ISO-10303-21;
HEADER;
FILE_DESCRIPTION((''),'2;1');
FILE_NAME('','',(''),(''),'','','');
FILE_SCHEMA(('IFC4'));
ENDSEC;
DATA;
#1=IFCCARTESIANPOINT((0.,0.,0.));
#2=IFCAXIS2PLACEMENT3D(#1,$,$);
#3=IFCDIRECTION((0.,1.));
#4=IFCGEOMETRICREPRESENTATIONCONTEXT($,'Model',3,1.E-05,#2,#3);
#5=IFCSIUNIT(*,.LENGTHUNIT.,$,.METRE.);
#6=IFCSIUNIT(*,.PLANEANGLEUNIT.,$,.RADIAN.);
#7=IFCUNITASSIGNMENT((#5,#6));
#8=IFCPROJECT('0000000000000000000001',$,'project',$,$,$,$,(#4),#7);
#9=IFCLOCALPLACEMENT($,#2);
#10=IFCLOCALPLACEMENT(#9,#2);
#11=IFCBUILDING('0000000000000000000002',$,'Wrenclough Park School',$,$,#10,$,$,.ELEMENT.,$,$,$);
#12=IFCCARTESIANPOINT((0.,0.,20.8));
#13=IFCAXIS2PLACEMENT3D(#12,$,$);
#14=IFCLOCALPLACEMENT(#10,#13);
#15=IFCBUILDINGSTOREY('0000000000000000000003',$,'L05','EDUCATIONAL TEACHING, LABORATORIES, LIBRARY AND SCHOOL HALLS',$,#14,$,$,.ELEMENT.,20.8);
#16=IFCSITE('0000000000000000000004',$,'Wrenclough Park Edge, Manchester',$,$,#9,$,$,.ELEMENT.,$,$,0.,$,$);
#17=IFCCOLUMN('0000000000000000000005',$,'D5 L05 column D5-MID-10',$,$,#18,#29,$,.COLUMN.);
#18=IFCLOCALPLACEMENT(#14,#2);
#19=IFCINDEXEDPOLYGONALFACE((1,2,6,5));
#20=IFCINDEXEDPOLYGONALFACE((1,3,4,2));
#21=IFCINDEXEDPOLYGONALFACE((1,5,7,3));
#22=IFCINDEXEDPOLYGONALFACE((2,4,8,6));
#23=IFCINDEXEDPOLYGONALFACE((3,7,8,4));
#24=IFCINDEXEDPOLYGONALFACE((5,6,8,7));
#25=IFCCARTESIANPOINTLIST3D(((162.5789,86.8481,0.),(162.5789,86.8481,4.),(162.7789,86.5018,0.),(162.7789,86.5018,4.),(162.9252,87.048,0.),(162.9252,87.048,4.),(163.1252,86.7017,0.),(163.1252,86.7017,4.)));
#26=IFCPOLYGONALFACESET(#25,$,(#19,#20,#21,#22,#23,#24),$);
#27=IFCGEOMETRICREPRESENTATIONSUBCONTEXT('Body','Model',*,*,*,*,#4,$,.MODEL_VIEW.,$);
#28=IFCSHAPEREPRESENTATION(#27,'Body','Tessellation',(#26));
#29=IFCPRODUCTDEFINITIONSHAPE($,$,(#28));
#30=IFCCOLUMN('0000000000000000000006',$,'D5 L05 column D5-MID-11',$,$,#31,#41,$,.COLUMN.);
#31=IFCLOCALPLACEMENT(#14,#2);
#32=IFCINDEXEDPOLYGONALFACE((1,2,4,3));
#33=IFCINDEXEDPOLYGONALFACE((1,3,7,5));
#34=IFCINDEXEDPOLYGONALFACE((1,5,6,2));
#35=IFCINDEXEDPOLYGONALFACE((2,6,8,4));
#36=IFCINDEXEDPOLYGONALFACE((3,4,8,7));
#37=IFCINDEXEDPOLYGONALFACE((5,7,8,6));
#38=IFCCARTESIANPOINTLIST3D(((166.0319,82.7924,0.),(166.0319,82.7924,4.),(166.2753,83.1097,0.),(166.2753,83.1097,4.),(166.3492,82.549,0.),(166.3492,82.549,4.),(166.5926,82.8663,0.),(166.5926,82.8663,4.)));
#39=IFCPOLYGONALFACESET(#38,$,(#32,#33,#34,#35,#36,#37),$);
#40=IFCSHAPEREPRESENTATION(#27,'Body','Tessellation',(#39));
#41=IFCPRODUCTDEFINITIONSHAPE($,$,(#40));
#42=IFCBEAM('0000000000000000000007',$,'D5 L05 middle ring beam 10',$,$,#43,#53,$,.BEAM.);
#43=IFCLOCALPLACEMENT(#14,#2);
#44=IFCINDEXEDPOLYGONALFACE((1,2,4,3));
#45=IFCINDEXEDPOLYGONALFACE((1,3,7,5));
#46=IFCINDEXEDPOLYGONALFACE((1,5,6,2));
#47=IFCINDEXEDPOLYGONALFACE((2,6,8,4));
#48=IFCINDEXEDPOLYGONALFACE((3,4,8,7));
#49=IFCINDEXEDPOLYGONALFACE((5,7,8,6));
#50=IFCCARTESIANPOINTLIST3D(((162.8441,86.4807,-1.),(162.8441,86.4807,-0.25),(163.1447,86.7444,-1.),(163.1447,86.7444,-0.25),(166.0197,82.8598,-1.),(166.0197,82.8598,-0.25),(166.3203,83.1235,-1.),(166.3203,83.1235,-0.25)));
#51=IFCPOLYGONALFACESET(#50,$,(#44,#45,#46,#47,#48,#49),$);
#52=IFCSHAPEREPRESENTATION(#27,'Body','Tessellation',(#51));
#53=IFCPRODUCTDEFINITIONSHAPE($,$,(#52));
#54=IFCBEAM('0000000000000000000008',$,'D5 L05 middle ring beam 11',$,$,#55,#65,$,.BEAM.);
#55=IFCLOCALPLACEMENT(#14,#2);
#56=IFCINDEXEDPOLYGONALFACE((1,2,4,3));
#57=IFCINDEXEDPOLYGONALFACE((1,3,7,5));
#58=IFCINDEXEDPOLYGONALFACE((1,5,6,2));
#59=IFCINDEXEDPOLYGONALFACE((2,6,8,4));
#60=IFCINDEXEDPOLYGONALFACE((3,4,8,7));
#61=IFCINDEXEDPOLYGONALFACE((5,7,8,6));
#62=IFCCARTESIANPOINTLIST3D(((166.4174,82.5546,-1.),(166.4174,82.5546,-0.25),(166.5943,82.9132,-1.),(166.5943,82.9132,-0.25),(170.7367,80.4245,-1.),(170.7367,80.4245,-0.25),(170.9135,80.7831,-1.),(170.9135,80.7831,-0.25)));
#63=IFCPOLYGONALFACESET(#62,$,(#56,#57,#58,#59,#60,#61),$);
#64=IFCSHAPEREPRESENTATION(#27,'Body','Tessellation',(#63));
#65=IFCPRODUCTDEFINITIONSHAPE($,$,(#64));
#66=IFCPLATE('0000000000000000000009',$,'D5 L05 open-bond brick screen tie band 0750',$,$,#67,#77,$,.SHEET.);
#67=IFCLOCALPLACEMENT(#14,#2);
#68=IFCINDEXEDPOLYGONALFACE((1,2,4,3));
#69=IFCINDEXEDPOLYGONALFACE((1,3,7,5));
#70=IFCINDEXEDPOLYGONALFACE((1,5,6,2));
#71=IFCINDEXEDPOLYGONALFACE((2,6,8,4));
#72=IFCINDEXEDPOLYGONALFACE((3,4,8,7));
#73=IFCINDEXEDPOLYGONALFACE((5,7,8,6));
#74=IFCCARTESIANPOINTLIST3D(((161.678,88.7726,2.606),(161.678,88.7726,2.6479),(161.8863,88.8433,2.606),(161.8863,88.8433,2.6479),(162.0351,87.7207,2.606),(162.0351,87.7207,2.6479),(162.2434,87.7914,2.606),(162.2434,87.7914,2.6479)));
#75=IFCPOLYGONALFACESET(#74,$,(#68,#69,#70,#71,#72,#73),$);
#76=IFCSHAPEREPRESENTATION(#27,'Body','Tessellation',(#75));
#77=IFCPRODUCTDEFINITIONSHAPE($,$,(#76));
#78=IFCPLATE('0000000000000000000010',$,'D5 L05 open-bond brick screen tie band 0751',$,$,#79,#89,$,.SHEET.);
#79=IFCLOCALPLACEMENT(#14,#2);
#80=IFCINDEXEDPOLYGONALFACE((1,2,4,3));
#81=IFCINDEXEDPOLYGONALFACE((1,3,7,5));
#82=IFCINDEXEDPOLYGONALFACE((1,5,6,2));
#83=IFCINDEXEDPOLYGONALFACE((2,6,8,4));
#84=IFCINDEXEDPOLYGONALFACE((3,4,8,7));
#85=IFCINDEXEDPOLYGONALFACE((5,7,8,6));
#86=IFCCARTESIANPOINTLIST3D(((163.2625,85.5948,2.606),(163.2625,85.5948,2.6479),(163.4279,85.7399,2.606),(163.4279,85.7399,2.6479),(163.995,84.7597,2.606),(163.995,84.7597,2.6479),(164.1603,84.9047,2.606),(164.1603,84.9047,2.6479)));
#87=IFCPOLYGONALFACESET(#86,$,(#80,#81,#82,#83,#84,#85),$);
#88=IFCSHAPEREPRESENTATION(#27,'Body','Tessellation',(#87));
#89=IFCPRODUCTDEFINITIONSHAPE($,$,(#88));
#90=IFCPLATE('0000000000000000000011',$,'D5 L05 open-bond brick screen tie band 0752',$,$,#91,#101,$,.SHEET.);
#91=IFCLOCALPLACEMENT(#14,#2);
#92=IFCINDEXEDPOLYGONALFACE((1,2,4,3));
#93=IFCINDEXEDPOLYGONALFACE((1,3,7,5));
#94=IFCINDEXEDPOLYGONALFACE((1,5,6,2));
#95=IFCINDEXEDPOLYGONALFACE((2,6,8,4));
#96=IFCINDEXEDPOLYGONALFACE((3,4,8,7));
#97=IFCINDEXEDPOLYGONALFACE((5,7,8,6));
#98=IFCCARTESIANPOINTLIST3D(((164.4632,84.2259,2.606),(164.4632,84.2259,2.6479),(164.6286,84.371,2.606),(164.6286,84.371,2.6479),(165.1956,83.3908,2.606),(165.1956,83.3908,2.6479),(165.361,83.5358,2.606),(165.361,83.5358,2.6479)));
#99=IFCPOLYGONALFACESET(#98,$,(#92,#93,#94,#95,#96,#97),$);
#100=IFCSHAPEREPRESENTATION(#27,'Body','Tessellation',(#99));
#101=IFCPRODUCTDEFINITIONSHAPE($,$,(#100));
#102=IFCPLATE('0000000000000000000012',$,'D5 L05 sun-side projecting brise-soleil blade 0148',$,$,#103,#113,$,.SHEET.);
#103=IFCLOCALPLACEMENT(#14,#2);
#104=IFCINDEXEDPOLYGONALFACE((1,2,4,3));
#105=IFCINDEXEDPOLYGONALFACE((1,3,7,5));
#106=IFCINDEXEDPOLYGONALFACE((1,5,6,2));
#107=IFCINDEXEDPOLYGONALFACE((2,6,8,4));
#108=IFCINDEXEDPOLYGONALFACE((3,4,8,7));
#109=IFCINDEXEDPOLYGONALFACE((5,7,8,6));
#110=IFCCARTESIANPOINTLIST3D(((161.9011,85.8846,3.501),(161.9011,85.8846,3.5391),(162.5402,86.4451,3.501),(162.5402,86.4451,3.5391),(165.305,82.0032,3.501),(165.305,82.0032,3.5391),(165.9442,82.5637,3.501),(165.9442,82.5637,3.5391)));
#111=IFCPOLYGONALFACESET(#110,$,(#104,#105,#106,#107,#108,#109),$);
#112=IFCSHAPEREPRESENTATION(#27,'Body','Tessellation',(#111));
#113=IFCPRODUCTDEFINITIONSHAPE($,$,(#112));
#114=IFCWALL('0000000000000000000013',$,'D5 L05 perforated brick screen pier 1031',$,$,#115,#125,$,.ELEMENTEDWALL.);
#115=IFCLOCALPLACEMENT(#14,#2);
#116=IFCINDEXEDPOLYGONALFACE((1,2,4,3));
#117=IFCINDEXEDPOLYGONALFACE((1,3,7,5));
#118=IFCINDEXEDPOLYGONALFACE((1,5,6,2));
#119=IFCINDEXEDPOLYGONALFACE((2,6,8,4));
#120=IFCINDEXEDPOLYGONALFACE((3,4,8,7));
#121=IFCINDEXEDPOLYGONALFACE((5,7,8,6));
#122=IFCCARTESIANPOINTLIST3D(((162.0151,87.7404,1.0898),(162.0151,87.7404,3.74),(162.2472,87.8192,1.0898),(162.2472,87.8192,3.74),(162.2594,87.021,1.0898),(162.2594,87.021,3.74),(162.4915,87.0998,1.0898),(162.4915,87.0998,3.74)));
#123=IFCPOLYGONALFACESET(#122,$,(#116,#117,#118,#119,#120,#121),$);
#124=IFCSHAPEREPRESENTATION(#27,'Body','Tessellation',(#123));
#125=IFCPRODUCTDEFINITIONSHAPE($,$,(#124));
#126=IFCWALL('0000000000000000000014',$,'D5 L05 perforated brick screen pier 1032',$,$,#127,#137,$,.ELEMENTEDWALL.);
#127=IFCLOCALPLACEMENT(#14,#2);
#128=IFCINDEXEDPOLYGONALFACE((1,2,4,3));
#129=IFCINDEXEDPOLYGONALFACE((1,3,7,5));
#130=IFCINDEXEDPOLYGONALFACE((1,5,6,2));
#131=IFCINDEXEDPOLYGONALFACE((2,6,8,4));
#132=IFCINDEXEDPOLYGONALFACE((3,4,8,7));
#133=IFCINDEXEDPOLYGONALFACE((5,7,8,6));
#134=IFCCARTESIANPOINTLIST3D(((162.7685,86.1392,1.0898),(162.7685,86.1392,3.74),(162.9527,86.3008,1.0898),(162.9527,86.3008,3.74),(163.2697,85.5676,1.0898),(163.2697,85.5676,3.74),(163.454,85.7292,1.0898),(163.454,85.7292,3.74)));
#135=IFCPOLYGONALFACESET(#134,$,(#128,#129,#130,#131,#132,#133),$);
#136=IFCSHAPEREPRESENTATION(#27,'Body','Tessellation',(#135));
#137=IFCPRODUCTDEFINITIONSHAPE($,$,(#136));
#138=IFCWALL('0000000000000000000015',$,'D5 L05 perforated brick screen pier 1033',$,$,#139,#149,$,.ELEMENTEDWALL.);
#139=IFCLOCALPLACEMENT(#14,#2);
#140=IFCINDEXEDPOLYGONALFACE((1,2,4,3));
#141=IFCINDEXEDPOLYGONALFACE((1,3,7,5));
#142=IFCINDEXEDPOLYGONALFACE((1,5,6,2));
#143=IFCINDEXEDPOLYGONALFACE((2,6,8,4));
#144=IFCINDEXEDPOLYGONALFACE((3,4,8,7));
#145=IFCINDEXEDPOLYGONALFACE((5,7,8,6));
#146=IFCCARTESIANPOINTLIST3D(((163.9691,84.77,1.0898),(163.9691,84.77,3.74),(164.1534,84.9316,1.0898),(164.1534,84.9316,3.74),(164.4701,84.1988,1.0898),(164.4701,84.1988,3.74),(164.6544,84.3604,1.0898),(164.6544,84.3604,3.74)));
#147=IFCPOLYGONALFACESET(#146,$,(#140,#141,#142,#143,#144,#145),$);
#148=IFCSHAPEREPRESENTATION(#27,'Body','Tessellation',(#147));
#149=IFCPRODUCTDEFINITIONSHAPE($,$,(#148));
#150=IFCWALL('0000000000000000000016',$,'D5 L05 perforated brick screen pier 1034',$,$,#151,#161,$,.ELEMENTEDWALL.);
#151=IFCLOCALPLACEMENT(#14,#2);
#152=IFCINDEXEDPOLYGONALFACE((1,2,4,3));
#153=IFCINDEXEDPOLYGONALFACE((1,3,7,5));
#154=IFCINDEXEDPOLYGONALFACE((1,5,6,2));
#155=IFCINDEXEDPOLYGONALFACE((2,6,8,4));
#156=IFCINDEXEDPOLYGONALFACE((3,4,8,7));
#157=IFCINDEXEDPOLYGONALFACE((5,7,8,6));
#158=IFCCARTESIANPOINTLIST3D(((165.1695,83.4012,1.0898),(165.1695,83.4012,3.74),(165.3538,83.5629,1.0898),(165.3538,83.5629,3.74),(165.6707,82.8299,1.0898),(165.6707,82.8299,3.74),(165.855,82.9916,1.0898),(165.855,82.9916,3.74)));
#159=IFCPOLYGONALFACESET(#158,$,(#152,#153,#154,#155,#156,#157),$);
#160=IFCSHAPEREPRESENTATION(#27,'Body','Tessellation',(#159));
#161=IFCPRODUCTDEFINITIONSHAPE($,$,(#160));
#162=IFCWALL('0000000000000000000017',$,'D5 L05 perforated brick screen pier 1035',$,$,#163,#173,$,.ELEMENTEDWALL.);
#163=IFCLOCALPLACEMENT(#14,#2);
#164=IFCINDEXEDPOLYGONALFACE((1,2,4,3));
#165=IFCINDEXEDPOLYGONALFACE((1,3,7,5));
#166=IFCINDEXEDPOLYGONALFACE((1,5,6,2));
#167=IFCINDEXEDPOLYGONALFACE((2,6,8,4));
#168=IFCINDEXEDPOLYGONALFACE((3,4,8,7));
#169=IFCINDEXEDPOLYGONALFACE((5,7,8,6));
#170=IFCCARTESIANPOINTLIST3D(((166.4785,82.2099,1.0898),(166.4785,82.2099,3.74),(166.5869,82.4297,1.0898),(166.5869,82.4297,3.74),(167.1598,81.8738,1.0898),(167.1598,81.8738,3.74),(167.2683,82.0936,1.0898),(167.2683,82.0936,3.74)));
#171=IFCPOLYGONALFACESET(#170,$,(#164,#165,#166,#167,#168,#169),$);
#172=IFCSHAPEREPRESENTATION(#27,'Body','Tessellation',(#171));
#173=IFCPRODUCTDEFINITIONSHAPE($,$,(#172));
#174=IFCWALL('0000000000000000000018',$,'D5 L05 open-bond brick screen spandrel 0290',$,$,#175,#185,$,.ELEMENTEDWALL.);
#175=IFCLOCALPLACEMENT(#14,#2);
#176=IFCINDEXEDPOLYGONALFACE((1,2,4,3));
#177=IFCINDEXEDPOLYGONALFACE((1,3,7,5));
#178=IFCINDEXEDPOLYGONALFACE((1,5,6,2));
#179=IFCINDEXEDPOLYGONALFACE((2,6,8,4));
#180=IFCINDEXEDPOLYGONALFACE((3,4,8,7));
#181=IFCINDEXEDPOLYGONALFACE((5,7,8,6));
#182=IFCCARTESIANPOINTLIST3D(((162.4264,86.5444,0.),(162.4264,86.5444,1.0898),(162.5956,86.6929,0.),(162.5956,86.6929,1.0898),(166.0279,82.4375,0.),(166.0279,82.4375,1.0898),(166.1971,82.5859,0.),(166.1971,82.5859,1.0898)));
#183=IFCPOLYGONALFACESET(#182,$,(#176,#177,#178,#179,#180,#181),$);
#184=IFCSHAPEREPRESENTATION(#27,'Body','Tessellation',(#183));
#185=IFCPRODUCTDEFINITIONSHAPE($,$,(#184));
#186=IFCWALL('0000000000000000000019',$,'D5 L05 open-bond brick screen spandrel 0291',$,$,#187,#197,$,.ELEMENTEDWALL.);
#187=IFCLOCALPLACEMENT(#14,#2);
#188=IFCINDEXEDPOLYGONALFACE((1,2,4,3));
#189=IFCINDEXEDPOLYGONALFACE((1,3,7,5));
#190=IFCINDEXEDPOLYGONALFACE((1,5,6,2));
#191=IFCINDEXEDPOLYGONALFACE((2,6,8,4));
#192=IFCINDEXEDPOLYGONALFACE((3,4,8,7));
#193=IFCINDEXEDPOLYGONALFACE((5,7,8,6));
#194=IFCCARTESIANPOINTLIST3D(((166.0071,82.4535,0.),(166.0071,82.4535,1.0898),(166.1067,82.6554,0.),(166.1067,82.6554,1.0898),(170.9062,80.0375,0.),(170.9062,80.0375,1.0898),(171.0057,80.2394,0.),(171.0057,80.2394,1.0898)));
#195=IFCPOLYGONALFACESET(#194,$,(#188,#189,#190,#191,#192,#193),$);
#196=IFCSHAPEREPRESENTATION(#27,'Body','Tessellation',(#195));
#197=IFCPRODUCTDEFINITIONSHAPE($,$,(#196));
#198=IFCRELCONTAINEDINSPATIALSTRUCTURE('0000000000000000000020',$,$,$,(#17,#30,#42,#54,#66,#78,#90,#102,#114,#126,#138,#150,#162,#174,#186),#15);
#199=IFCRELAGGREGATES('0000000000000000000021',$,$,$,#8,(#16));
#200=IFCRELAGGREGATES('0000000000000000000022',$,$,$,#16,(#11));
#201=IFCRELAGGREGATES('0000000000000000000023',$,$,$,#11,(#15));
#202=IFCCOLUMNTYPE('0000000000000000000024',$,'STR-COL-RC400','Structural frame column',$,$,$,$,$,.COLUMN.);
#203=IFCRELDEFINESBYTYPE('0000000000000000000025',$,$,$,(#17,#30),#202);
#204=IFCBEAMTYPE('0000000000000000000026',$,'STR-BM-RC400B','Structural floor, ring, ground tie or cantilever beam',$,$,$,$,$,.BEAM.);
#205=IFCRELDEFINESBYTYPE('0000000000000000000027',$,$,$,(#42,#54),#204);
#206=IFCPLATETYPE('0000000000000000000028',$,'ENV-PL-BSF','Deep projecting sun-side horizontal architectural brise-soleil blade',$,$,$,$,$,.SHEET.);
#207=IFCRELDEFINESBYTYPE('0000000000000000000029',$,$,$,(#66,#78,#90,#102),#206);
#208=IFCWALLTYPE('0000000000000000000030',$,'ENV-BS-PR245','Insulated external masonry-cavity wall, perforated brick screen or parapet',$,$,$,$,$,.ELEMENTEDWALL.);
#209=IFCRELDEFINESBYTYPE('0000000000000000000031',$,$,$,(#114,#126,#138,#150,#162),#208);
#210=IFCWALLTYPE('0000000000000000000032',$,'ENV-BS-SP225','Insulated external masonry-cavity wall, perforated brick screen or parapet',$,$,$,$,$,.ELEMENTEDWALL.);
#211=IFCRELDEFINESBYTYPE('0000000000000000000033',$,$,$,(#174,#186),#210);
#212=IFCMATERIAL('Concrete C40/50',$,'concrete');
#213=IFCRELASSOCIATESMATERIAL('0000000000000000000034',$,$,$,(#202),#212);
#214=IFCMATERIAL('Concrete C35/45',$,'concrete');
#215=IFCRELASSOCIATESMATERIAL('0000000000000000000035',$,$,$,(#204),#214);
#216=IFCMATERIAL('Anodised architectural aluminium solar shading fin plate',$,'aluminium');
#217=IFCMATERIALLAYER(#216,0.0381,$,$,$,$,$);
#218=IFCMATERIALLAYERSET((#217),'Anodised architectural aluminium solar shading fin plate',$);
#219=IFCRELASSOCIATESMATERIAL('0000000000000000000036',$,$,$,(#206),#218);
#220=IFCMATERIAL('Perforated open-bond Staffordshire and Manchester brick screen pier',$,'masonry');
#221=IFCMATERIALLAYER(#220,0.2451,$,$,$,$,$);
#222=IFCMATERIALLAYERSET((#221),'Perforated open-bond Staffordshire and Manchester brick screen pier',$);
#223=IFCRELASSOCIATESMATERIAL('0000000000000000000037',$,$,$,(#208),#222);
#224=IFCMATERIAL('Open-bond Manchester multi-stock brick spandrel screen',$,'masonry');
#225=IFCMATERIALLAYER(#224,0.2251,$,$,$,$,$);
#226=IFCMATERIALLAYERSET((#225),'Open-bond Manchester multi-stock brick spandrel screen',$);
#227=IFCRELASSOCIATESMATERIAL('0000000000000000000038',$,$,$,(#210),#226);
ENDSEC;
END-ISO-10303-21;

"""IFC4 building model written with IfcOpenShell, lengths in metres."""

from ifc_helpers import new_model, si_unit, direction, frame, frame_2d, origin, origin_2d, place, context, subcontext, project, spatial, rectangle, extrude, material, layer, layer_set, material_profile, profile_set, type_object, element, save


model = new_model("IFC4")

# Units and contexts
model_context = context("Model", 3, precision=1e-05, world=origin(), true_north=direction((0.0, 1.0)))
body_context = subcontext(model_context, "Body", "Model", "MODEL_VIEW")
ifc_project = project(units=[si_unit("LENGTHUNIT", "METRE"), si_unit("PLANEANGLEUNIT", "RADIAN")], contexts=[model_context])

# Site, building, storey
site_placement = place(None, origin())
site = spatial("IfcSite", under=ifc_project, at=site_placement, Name="Wrenclough Park Edge, Manchester", CompositionType="ELEMENT", RefElevation=0.0)
building_placement = place(site_placement, origin())
building = spatial("IfcBuilding", under=site, at=building_placement, Name="Wrenclough Park School", CompositionType="ELEMENT")
storey_placement = place(building_placement, frame((0.0, 0.0, 20.8)))
storey = spatial("IfcBuildingStorey", under=building, at=storey_placement, Name="L05", Description="EDUCATIONAL TEACHING, LABORATORIES, LIBRARY AND SCHOOL HALLS", CompositionType="ELEMENT", Elevation=20.8)

# Columns
ifc_material_1 = material(Name="Concrete C40/50", Category="concrete")
ifc_material_profile_1 = material_profile(ifc_material_1, rectangle(XDim=0.3999, YDim=0.3999, at=origin_2d()), Name="RC COL 400x400")
ifc_profile_set_1 = profile_set([ifc_material_profile_1], Name="Concrete C40/50")
column_type = type_object("IfcColumnType", Name="STR-COL-RC400", Description="Structural frame column", PredefinedType="COLUMN", material=ifc_profile_set_1)
for number, where, z_axis, x_axis, name in (
    (1, (162.8521, 86.7749, 0.0), (0.0, 0.0, 1.0), (0.5, -0.866025, 0.0), "D5 L05 column D5-MID-10"),
    (2, (166.3123, 82.8293, 0.0), (0.0, 0.0, 1.0), (0.793353, -0.608761, 0.0), "D5 L05 column D5-MID-11"),
):
    element("IfcColumn", number, at=place(storey_placement, frame(where, z_axis=z_axis, x_axis=x_axis)), inside=storey, type_object=column_type, Name=name, PredefinedType="COLUMN", context=body_context, shape_type="SweptSolid", body=[
        extrude(rectangle(XDim=0.3999, YDim=0.3999, at=origin_2d()), origin(), (0.0, 0.0, 1.0), 4.0),
    ])

# Beams
ifc_material_2 = material(Name="Concrete C35/45", Category="concrete")
ifc_material_profile_2 = material_profile(ifc_material_2, rectangle(XDim=0.3999, YDim=0.75, at=origin_2d()), Name="RC BEAM 400x750")
ifc_profile_set_2 = profile_set([ifc_material_profile_2], Name="Concrete C35/45")
beam_type = type_object("IfcBeamType", Name="STR-BM-RC400B", Description="Structural floor, ring, ground tie or cantilever beam", PredefinedType="BEAM", material=ifc_profile_set_2)
beam_1_placement = place(storey_placement, frame((162.9944, 86.6125, -0.625), z_axis=(0.659362, -0.751826, 0.0), x_axis=(0.751826, 0.659362, 0.0)))
element("IfcBeam", 3, at=beam_1_placement, inside=storey, type_object=beam_type, Name="D5 L05 middle ring beam 10", PredefinedType="BEAM", context=body_context, shape_type="SweptSolid", body=[
    extrude(rectangle(XDim=0.3999, YDim=0.75, at=origin_2d()), origin(), (0.0, 0.0, 1.0), 4.8162),
])
beam_2_placement = place(storey_placement, frame((166.5059, 82.7339, -0.625), z_axis=(0.896867, -0.4423, 0.0), x_axis=(0.4423, 0.896867, 0.0)))
element("IfcBeam", 4, at=beam_2_placement, inside=storey, type_object=beam_type, Name="D5 L05 middle ring beam 11", PredefinedType="BEAM", context=body_context, shape_type="SweptSolid", body=[
    extrude(rectangle(XDim=0.3999, YDim=0.75, at=origin_2d()), origin(), (0.0, 0.0, 1.0), 4.8159),
])

# Plates
ifc_material_3 = material(Name="Anodised architectural aluminium solar shading fin plate", Category="aluminium")
ifc_layer_1 = layer(ifc_material_3, 0.0381)
ifc_layer_set_1 = layer_set([ifc_layer_1], Name="Anodised architectural aluminium solar shading fin plate")
plate_type = type_object("IfcPlateType", Name="ENV-PL-BSF", Description="Deep projecting sun-side horizontal architectural brise-soleil blade", PredefinedType="SHEET", material=ifc_layer_set_1)
for number, where, z_axis, x_axis, name in (
    (5, (161.9607, 88.282, 2.606), (0.0, 0.0, 1.0), (0.321429, -0.946934, 0.0), "D5 L05 open-bond brick screen tie band 0750"),
    (6, (163.7114, 85.2498, 2.606), (0.0, 0.0, 1.0), (0.659351, -0.751836, 0.0), "D5 L05 open-bond brick screen tie band 0751"),
    (7, (164.9121, 83.8809, 2.606), (0.0, 0.0, 1.0), (0.659351, -0.751836, 0.0), "D5 L05 open-bond brick screen tie band 0752"),
):
    element("IfcPlate", number, at=place(storey_placement, frame(where, z_axis=z_axis, x_axis=x_axis)), inside=storey, type_object=plate_type, Name=name, PredefinedType="SHEET", context=body_context, shape_type="SweptSolid", body=[
        extrude(rectangle(XDim=1.1108, YDim=0.22, at=origin_2d()), origin(), (0.0, 0.0, 1.0), 0.042),
    ])
plate_placement = place(storey_placement, frame((163.9226, 84.2241, 3.501), z_axis=(0.0, 0.0, 1.0), x_axis=(0.659351, -0.751836, 0.0)))
element("IfcPlate", 8, at=plate_placement, inside=storey, type_object=plate_type, Name="D5 L05 sun-side projecting brise-soleil blade 0148", PredefinedType="SHEET", context=body_context, shape_type="SweptSolid", body=[
    extrude(rectangle(XDim=5.1626, YDim=0.8501, at=origin_2d()), origin(), (0.0, 0.0, 1.0), 0.0381),
])

# Walls
ifc_material_4 = material(Name="Perforated open-bond Staffordshire and Manchester brick screen pier", Category="masonry")
ifc_layer_2 = layer(ifc_material_4, 0.2451)
ifc_layer_set_2 = layer_set([ifc_layer_2], Name="Perforated open-bond Staffordshire and Manchester brick screen pier")
wall_type_1 = type_object("IfcWallType", Name="ENV-BS-PR245", Description="Insulated external masonry-cavity wall, perforated brick screen or parapet", PredefinedType="ELEMENTEDWALL", material=ifc_layer_set_2)
wall_1_placement = place(storey_placement, frame((162.1311, 87.7798, 1.0898), z_axis=(0.0, 0.0, 1.0), x_axis=(0.32162, -0.946869, 0.0)))
element("IfcWall", 9, at=wall_1_placement, inside=storey, type_object=wall_type_1, Name="D5 L05 perforated brick screen pier 1031", PredefinedType="ELEMENTEDWALL", context=body_context, shape_type="SweptSolid", body=[
    extrude(rectangle(XDim=0.7598, YDim=0.2451, at=frame_2d((0.3799, 0.0))), origin(), (0.0, 0.0, 1.0), 2.6501),
])
wall_2_placement = place(storey_placement, frame((162.8606, 86.22, 1.0898), z_axis=(0.0, 0.0, 1.0), x_axis=(0.659345, -0.75184, 0.0)))
element("IfcWall", 10, at=wall_2_placement, inside=storey, type_object=wall_type_1, Name="D5 L05 perforated brick screen pier 1032", PredefinedType="ELEMENTEDWALL", context=body_context, shape_type="SweptSolid", body=[
    extrude(rectangle(XDim=0.7603, YDim=0.2451, at=frame_2d((0.3801, 0.0))), origin(), (0.0, 0.0, 1.0), 2.6501),
])
wall_3_placement = place(storey_placement, frame((164.0613, 84.8508, 1.0898), z_axis=(0.0, 0.0, 1.0), x_axis=(0.659323, -0.75186, 0.0)))
element("IfcWall", 11, at=wall_3_placement, inside=storey, type_object=wall_type_1, Name="D5 L05 perforated brick screen pier 1033", PredefinedType="ELEMENTEDWALL", context=body_context, shape_type="SweptSolid", body=[
    extrude(rectangle(XDim=0.7598, YDim=0.2451, at=frame_2d((0.3799, 0.0))), origin(), (0.0, 0.0, 1.0), 2.6501),
])
wall_4_placement = place(storey_placement, frame((165.2617, 83.4819, 1.0898), z_axis=(0.0, 0.0, 1.0), x_axis=(0.659505, -0.7517, 0.0)))
element("IfcWall", 12, at=wall_4_placement, inside=storey, type_object=wall_type_1, Name="D5 L05 perforated brick screen pier 1034", PredefinedType="ELEMENTEDWALL", context=body_context, shape_type="SweptSolid", body=[
    extrude(rectangle(XDim=0.76, YDim=0.2451, at=frame_2d((0.3799, 0.0))), origin(), (0.0, 0.0, 1.0), 2.6501),
])
wall_5_placement = place(storey_placement, frame((166.5327, 82.3198, 1.0898), z_axis=(0.0, 0.0, 1.0), x_axis=(0.896792, -0.442452, 0.0)))
element("IfcWall", 13, at=wall_5_placement, inside=storey, type_object=wall_type_1, Name="D5 L05 perforated brick screen pier 1035", PredefinedType="ELEMENTEDWALL", context=body_context, shape_type="SweptSolid", body=[
    extrude(rectangle(XDim=0.7598, YDim=0.2451, at=frame_2d((0.3799, 0.0))), origin(), (0.0, 0.0, 1.0), 2.6501),
])
ifc_material_5 = material(Name="Open-bond Manchester multi-stock brick spandrel screen", Category="masonry")
ifc_layer_3 = layer(ifc_material_5, 0.2251)
ifc_layer_set_3 = layer_set([ifc_layer_3], Name="Open-bond Manchester multi-stock brick spandrel screen")
wall_type_2 = type_object("IfcWallType", Name="ENV-BS-SP225", Description="Insulated external masonry-cavity wall, perforated brick screen or parapet", PredefinedType="ELEMENTEDWALL", material=ifc_layer_set_3)
for number, where, z_axis, x_axis, name in (
    (14, (162.511, 86.6187, 0.0), (0.0, 0.0, 1.0), (0.659333, -0.751851, 0.0), "D5 L05 open-bond brick screen spandrel 0290"),
    (15, (166.0569, 82.5544, 0.0), (0.0, 0.0, 1.0), (0.896872, -0.442291, 0.0), "D5 L05 open-bond brick screen spandrel 0291"),
):
    element("IfcWall", number, at=place(storey_placement, frame(where, z_axis=z_axis, x_axis=x_axis)), inside=storey, type_object=wall_type_2, Name=name, PredefinedType="ELEMENTEDWALL", context=body_context, shape_type="SweptSolid", body=[
        extrude(rectangle(XDim=5.4624, YDim=0.2251, at=frame_2d((2.7312, 0.0))), origin(), (0.0, 0.0, 1.0), 1.0898),
    ])

save(model, "model.ifc")
